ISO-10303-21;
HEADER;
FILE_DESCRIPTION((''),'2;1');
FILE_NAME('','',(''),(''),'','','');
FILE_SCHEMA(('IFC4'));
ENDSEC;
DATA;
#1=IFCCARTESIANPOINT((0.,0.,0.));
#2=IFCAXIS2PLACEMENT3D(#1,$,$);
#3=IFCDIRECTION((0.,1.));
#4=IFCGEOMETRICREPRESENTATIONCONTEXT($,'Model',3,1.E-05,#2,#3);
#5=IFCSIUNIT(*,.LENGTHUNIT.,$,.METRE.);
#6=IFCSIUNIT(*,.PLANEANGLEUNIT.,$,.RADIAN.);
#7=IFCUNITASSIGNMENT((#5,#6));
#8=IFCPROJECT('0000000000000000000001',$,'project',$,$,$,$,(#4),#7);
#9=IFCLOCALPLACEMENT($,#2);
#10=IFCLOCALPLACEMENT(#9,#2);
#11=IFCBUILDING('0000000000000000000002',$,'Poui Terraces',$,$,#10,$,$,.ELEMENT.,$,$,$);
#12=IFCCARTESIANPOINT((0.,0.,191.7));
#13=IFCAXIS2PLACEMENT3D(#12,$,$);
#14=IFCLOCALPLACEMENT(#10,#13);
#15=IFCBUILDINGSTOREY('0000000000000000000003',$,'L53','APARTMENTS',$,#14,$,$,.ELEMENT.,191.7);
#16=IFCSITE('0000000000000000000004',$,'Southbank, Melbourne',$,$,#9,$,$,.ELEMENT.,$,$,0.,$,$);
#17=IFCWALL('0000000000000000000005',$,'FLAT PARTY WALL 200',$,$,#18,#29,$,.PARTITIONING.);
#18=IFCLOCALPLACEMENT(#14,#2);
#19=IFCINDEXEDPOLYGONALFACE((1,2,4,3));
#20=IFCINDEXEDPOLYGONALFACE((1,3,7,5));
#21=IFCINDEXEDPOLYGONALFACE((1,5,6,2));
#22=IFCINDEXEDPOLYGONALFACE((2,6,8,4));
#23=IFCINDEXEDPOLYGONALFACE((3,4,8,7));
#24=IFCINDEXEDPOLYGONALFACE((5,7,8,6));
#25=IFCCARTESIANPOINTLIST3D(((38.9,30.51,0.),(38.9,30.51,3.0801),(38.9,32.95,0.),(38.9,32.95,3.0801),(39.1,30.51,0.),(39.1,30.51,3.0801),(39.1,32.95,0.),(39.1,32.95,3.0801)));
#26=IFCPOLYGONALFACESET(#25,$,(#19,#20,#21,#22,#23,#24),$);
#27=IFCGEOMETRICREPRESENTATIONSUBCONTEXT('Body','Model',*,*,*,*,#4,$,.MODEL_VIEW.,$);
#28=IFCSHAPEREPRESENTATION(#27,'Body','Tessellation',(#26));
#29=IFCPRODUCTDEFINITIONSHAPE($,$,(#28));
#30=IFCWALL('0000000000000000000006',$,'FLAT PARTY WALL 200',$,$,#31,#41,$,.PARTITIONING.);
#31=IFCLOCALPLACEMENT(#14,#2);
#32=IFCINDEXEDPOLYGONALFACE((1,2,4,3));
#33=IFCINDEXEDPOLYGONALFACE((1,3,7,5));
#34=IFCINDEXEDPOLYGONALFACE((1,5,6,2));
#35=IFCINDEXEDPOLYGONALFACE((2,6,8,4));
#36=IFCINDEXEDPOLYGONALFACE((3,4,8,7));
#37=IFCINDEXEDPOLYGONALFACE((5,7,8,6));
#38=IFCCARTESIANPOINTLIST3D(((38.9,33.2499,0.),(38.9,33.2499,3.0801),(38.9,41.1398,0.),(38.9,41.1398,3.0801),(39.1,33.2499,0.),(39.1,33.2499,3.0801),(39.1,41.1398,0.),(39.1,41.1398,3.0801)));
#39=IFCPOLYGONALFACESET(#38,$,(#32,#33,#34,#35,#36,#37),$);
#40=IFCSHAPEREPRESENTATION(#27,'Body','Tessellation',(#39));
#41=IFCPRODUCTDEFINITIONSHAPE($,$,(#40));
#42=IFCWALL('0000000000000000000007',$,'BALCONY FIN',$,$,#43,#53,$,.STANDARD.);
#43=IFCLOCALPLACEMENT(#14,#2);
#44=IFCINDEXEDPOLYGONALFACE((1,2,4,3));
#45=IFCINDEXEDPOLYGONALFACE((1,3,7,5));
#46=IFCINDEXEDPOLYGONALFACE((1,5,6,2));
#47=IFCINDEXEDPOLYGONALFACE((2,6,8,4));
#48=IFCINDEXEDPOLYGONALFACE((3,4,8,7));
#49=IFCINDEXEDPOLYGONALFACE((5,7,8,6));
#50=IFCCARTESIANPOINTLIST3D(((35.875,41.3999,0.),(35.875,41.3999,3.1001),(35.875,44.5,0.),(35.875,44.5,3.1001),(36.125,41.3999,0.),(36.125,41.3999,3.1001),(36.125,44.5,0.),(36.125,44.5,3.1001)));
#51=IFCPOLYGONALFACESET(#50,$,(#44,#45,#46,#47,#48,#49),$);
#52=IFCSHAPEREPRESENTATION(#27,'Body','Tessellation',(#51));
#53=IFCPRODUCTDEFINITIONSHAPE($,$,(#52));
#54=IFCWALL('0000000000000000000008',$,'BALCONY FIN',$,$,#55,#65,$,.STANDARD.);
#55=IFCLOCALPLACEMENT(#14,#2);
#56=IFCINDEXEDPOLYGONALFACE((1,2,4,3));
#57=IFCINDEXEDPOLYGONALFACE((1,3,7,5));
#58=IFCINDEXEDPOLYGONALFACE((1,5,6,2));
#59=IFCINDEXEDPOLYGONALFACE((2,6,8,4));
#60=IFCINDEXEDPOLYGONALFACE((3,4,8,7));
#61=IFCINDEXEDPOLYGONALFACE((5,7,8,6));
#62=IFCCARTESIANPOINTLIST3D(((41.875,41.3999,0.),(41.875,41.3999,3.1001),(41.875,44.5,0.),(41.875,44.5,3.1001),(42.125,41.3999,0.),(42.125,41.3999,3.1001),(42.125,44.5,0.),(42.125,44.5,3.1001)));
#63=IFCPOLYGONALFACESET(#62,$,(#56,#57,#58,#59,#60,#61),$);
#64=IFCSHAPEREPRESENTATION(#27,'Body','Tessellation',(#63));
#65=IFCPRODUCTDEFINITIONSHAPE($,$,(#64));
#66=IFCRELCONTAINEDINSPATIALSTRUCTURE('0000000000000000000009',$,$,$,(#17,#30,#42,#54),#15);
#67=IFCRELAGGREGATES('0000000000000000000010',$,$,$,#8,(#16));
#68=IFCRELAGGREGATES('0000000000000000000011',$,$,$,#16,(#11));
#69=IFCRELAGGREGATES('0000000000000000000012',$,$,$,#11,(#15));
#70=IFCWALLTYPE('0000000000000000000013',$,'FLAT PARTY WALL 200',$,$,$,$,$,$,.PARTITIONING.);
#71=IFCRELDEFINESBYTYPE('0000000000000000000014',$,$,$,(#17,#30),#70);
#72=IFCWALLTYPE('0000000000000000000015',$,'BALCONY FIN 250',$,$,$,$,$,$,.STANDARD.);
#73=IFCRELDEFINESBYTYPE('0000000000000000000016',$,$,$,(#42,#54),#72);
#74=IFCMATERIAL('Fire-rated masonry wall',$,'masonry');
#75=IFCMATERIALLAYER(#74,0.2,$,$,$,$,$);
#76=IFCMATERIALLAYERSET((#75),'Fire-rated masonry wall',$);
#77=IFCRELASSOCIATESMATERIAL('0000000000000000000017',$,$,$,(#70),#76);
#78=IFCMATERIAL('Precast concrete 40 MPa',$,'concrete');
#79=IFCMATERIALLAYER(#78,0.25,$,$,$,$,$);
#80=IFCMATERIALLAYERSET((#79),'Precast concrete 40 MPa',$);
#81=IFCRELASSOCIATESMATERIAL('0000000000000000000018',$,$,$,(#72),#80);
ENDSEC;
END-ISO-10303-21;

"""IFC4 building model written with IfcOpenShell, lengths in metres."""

from ifc_helpers import new_model, si_unit, direction, frame, frame_2d, origin, place, context, subcontext, project, spatial, polyline, rectangle, outline, extrude, source, transform, mapped, material, layer, layer_set, type_object, element, save


model = new_model("IFC4")

# Units and contexts
model_context = context("Model", 3, precision=1e-05, world=origin(), true_north=direction((0.0, 1.0)))
body_context = subcontext(model_context, "Body", "Model", "MODEL_VIEW")
ifc_project = project(units=[si_unit("LENGTHUNIT", "METRE"), si_unit("PLANEANGLEUNIT", "RADIAN")], contexts=[model_context])

# Site, building, storey
site_placement = place(None, origin())
site = spatial("IfcSite", under=ifc_project, at=site_placement, Name="Southbank, Melbourne", CompositionType="ELEMENT", RefElevation=0.0)
building_placement = place(site_placement, origin())
building = spatial("IfcBuilding", under=site, at=building_placement, Name="Poui Terraces", CompositionType="ELEMENT")
storey_placement = place(building_placement, frame((0.0, 0.0, 191.7)))
storey = spatial("IfcBuildingStorey", under=building, at=storey_placement, Name="L53", Description="APARTMENTS", CompositionType="ELEMENT", Elevation=191.7)

# Walls
ifc_material_1 = material(Name="Fire-rated masonry wall", Category="masonry")
ifc_layer_1 = layer(ifc_material_1, 0.2)
ifc_layer_set_1 = layer_set([ifc_layer_1], Name="Fire-rated masonry wall")
wall_type_1 = type_object("IfcWallType", Name="FLAT PARTY WALL 200", PredefinedType="PARTITIONING", material=ifc_layer_set_1)
wall_1_placement = place(storey_placement, frame((39.0, 30.51, 0.0), z_axis=(0.0, 0.0, 1.0), x_axis=(0.0, 1.0, 0.0)))
element("IfcWall", 1, at=wall_1_placement, inside=storey, type_object=wall_type_1, Name="FLAT PARTY WALL 200", PredefinedType="PARTITIONING", context=body_context, shape_type="SweptSolid", body=[
    extrude(rectangle(XDim=2.4399, YDim=0.2, at=frame_2d((1.22, 0.0))), origin(), (0.0, 0.0, 1.0), 3.0801),
])
wall_2_placement = place(storey_placement, frame((39.0, 33.25, 0.0), z_axis=(0.0, 0.0, 1.0), x_axis=(0.0, 1.0, 0.0)))
element("IfcWall", 2, at=wall_2_placement, inside=storey, type_object=wall_type_1, Name="FLAT PARTY WALL 200", PredefinedType="PARTITIONING", context=body_context, shape_type="SweptSolid", body=[
    extrude(rectangle(XDim=7.8899, YDim=0.2, at=frame_2d((3.9448, 0.0))), origin(), (0.0, 0.0, 1.0), 3.0801),
])
ifc_material_2 = material(Name="Precast concrete 40 MPa", Category="concrete")
ifc_layer_2 = layer(ifc_material_2, 0.25)
ifc_layer_set_2 = layer_set([ifc_layer_2], Name="Precast concrete 40 MPa")
wall_type_2 = type_object("IfcWallType", Name="BALCONY FIN 250", PredefinedType="STANDARD", material=ifc_layer_set_2)
shared_shape_1 = source(origin(), body_context, "Body", "SweptSolid", [
    extrude(outline(polyline([(0.0, 0.0), (0.25, 0.0), (0.25, 3.1001), (0.0, 3.1001), (0.0, 0.0)])), origin(), (0.0, 0.0, 1.0), 3.1001),
])
for number, where, name in (
    (3, (35.875, 41.3999, 0.0), "BALCONY FIN"),
    (4, (41.875, 41.3999, 0.0), "BALCONY FIN"),
):
    element("IfcWall", number, at=place(storey_placement, frame(where)), inside=storey, type_object=wall_type_2, Name=name, PredefinedType="STANDARD", context=body_context, shape_type="MappedRepresentation", body=[
        mapped(shared_shape_1, transform((0.0, 0.0, 0.0))),
    ])

save(model, "model.ifc")
